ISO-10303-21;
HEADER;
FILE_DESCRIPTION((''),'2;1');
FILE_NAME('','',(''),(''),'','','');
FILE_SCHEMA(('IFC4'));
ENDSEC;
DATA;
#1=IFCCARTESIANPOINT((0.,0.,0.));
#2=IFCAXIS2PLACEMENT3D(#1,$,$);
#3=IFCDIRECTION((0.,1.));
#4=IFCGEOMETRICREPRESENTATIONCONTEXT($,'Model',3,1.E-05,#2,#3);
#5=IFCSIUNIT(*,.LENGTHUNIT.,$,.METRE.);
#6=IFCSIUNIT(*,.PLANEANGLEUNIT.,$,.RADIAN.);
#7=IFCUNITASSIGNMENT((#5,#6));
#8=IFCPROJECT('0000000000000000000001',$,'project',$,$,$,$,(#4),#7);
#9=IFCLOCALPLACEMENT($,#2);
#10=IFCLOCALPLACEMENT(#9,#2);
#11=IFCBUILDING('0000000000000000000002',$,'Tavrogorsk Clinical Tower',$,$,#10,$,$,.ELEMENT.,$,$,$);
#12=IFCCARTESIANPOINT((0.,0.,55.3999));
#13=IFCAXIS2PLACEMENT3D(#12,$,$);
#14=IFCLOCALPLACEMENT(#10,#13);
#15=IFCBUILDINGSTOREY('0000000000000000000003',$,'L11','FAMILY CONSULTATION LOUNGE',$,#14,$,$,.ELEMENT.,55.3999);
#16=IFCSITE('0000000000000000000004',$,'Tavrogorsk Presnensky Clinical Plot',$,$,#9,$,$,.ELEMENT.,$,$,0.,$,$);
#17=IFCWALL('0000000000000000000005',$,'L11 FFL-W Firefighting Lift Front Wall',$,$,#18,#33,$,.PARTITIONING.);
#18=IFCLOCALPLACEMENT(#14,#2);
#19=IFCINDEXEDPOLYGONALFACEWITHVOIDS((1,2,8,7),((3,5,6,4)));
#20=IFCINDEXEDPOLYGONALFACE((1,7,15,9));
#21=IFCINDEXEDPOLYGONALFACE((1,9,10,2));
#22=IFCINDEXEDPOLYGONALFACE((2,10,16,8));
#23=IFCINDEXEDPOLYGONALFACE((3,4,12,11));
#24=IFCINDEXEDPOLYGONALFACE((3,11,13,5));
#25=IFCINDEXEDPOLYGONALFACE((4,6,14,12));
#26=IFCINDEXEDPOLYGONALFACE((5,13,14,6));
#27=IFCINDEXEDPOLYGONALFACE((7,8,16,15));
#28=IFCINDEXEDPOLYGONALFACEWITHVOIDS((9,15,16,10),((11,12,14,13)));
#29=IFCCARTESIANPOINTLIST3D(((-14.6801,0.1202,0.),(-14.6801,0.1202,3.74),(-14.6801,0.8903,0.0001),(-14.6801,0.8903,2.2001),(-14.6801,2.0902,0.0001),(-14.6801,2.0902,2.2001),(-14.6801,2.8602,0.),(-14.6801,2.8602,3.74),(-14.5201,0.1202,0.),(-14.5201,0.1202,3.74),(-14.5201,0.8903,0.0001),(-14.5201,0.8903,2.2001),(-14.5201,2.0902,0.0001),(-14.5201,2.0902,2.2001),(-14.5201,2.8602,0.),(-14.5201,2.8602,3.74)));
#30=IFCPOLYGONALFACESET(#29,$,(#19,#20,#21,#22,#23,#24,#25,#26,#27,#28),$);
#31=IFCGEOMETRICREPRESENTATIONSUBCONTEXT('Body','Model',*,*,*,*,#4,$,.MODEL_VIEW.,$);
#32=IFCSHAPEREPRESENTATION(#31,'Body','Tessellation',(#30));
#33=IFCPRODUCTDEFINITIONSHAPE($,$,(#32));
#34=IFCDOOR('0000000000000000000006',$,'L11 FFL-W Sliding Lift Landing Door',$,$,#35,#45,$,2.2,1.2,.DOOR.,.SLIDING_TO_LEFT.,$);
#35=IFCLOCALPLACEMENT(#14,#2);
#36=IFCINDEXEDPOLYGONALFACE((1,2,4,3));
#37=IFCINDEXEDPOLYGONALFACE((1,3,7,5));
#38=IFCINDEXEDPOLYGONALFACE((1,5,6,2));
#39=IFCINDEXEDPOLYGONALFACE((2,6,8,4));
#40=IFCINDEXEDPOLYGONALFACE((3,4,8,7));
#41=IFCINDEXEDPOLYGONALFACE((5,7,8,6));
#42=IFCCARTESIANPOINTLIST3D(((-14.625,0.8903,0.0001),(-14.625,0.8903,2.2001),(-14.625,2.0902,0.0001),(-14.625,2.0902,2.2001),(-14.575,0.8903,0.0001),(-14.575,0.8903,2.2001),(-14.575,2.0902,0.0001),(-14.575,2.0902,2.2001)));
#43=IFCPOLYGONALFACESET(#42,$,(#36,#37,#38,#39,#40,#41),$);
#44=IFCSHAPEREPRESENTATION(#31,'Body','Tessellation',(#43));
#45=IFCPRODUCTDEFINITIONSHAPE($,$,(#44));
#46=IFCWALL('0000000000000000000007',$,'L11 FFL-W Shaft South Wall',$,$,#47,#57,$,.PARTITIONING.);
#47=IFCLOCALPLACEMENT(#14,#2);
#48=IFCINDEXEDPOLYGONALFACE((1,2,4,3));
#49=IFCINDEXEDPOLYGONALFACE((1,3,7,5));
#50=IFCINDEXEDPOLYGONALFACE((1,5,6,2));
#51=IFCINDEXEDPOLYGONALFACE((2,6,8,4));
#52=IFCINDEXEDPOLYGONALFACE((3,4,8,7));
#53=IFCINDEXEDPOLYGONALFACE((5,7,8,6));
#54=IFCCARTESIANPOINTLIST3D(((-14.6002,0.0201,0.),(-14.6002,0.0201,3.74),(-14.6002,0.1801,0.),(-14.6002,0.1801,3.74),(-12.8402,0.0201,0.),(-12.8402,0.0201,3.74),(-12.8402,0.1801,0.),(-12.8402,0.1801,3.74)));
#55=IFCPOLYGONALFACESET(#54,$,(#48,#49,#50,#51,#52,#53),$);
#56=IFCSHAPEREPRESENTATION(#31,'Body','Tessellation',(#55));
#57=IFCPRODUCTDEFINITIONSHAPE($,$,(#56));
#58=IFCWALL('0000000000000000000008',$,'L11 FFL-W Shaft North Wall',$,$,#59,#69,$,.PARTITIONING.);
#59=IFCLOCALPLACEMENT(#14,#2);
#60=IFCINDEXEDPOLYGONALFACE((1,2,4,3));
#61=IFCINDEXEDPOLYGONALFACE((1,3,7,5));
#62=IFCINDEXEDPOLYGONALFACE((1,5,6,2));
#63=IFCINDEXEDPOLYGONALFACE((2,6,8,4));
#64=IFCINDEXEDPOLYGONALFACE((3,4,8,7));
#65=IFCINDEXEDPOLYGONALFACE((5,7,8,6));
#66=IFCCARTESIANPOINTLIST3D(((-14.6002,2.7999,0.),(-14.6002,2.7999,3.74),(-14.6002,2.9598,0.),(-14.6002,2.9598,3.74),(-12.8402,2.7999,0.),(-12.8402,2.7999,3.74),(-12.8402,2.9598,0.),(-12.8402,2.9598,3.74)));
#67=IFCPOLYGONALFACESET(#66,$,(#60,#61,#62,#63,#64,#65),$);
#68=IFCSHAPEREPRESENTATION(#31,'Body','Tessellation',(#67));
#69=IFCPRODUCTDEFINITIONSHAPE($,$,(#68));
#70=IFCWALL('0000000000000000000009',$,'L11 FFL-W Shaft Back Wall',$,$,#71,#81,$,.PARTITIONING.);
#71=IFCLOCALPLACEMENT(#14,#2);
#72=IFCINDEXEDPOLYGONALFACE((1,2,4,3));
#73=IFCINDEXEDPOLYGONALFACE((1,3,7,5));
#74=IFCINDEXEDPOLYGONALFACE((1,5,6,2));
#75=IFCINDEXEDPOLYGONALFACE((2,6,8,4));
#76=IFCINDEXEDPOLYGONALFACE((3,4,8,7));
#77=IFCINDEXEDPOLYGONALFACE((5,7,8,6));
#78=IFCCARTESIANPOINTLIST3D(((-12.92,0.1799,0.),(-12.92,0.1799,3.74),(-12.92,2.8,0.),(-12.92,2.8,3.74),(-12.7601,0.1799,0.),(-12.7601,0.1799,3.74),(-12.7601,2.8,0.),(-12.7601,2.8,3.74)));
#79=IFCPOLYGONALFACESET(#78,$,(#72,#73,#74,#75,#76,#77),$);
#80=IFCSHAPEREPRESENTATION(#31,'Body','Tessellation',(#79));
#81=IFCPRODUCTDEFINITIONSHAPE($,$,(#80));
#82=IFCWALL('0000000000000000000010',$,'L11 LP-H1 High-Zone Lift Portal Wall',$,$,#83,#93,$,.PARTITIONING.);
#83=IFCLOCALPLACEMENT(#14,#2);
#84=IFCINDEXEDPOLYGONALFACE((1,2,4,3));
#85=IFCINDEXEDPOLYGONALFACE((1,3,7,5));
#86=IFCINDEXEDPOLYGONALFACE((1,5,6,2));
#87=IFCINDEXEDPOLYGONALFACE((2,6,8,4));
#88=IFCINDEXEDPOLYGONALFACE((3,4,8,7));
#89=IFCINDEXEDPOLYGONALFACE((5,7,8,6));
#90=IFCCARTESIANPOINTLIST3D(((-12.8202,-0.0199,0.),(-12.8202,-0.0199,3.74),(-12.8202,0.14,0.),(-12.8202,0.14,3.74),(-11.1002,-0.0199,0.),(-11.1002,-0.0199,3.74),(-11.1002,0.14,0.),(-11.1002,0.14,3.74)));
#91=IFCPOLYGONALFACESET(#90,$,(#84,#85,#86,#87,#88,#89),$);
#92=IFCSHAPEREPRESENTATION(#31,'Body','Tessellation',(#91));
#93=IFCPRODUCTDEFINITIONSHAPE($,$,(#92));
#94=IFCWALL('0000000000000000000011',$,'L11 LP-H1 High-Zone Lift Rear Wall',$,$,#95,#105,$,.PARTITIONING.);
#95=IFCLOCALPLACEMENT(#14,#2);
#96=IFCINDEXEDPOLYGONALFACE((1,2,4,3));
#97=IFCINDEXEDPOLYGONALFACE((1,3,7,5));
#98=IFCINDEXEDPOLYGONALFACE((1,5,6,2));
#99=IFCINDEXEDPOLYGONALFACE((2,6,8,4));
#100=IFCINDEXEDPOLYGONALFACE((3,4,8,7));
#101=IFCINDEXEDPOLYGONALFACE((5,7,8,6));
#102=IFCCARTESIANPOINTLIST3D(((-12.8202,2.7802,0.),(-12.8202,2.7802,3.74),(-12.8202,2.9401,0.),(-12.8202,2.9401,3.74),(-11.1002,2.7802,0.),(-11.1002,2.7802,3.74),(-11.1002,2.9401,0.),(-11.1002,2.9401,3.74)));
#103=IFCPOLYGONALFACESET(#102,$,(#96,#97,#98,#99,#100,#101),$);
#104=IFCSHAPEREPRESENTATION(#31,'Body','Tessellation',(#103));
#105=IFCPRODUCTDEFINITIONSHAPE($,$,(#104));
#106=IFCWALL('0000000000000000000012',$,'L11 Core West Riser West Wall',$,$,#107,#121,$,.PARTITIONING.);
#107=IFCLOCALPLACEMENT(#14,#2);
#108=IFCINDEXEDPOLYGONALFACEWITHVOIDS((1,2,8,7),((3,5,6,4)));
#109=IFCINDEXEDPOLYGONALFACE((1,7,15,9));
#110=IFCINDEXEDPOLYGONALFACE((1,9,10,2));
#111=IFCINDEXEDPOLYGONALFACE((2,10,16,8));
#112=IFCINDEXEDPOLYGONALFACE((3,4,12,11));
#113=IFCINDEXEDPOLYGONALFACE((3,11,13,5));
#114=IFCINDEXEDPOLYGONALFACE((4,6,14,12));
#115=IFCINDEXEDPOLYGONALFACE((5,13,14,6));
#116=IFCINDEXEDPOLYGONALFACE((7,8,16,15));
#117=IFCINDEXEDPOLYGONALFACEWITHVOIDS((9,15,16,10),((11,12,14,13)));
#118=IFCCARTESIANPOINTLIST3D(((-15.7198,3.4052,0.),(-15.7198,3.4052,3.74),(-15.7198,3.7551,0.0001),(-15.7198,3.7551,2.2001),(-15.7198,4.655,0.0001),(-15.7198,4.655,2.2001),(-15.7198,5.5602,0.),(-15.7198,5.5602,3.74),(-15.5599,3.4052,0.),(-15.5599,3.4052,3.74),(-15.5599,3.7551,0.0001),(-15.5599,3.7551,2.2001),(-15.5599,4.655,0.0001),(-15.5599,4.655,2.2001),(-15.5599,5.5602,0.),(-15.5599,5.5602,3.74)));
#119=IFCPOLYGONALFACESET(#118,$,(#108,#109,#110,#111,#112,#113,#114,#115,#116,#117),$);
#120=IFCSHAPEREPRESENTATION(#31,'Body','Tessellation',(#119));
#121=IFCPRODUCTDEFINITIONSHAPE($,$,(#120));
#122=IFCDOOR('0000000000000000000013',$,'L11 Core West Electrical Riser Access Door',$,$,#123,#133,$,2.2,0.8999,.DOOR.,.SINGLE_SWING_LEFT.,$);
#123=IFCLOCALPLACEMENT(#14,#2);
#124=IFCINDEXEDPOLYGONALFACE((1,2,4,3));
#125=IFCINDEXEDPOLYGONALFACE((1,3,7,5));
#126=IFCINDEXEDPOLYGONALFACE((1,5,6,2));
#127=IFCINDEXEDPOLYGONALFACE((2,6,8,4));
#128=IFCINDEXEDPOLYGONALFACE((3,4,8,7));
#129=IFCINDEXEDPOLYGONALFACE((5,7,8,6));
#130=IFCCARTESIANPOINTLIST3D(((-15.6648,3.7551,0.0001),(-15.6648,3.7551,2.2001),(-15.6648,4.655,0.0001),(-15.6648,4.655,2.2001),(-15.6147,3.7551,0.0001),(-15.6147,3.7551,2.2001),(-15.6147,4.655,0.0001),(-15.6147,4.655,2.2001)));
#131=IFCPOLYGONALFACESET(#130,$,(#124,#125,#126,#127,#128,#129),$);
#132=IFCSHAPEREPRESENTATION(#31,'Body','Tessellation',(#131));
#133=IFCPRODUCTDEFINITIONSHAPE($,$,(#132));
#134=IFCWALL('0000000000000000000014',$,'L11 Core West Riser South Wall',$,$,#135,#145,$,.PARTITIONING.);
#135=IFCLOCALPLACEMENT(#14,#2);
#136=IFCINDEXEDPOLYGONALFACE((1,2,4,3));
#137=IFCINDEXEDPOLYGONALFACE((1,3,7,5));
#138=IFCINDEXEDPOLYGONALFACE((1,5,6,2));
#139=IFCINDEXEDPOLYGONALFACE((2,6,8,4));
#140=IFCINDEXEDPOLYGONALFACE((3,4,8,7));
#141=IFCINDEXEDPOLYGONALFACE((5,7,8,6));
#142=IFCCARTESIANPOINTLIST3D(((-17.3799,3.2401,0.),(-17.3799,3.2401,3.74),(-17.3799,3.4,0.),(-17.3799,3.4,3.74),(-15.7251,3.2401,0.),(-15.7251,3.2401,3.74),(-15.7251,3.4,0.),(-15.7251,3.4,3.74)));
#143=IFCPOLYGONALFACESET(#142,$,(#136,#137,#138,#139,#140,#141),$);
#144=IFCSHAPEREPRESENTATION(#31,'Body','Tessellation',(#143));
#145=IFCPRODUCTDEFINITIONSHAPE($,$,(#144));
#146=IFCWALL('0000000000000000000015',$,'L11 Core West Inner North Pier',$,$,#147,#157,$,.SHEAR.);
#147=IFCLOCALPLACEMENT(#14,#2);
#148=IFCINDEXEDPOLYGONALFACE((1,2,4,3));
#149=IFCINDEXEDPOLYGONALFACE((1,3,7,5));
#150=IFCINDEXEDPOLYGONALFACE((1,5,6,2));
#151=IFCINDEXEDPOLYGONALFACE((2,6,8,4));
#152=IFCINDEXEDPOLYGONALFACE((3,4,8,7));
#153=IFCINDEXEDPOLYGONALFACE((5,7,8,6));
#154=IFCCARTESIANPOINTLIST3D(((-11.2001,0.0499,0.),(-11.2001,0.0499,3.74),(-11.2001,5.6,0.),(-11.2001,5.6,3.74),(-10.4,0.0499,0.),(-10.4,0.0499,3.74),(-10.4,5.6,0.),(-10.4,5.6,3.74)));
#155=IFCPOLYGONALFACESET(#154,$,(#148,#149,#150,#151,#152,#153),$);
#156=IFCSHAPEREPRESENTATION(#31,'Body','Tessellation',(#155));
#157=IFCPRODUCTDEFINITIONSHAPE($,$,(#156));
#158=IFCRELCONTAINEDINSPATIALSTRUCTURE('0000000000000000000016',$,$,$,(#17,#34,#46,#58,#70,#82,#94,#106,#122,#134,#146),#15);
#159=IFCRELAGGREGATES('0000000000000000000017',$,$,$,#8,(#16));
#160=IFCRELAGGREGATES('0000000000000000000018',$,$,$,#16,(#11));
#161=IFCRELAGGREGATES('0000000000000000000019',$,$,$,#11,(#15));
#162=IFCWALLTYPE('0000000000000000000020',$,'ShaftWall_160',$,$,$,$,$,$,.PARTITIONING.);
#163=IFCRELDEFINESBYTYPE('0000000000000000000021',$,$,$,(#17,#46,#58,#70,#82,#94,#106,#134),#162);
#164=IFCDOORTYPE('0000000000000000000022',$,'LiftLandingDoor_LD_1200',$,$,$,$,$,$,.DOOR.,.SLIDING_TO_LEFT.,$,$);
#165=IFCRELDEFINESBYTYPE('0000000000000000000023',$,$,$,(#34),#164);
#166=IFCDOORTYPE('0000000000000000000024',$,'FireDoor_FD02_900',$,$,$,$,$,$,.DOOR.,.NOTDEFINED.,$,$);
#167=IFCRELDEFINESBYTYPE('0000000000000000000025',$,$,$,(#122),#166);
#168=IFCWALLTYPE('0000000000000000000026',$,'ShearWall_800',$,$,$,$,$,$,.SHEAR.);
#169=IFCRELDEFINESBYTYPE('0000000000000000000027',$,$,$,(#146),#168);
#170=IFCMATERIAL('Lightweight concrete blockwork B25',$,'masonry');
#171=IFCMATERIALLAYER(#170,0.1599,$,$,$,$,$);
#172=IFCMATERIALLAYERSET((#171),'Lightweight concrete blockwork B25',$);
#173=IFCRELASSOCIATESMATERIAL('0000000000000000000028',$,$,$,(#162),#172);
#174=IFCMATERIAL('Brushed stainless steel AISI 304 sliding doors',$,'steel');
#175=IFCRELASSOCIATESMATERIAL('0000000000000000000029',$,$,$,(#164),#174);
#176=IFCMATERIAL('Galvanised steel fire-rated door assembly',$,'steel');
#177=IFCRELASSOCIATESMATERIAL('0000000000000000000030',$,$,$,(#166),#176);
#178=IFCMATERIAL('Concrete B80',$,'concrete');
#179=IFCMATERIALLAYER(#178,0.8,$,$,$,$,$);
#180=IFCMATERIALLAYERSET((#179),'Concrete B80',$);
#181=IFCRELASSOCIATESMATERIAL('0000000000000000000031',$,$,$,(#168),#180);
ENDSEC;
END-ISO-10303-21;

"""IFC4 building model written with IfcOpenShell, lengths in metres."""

from ifc_helpers import new_model, si_unit, direction, frame, frame_2d, origin, place, context, subcontext, project, spatial, rectangle, extrude, material, layer, layer_set, type_object, element, fill, save


model = new_model("IFC4")

# Units and contexts
model_context = context("Model", 3, precision=1e-05, world=origin(), true_north=direction((0.0, 1.0)))
body_context = subcontext(model_context, "Body", "Model", "MODEL_VIEW")
ifc_project = project(units=[si_unit("LENGTHUNIT", "METRE"), si_unit("PLANEANGLEUNIT", "RADIAN")], contexts=[model_context])

# Site, building, storey
site_placement = place(None, origin())
site = spatial("IfcSite", under=ifc_project, at=site_placement, Name="Tavrogorsk Presnensky Clinical Plot", CompositionType="ELEMENT", RefElevation=0.0)
building_placement = place(site_placement, origin())
building = spatial("IfcBuilding", under=site, at=building_placement, Name="Tavrogorsk Clinical Tower", CompositionType="ELEMENT")
storey_placement = place(building_placement, frame((0.0, 0.0, 55.3999)))
storey = spatial("IfcBuildingStorey", under=building, at=storey_placement, Name="L11", Description="FAMILY CONSULTATION LOUNGE", CompositionType="ELEMENT", Elevation=55.3999)

# Wall, opening, door
ifc_material_1 = material(Name="Lightweight concrete blockwork B25", Category="masonry")
ifc_layer_1 = layer(ifc_material_1, 0.1599)
ifc_layer_set_1 = layer_set([ifc_layer_1], Name="Lightweight concrete blockwork B25")
wall_type_1 = type_object("IfcWallType", Name="ShaftWall_160", PredefinedType="PARTITIONING", material=ifc_layer_set_1)
wall_1_placement = place(storey_placement, frame((-14.6001, 0.1201, 0.0), z_axis=(0.0, 0.0, 1.0), x_axis=(0.0, 1.0, 0.0)))
wall_1 = element("IfcWall", 1, at=wall_1_placement, inside=storey, type_object=wall_type_1, Name="L11 FFL-W Firefighting Lift Front Wall", PredefinedType="PARTITIONING", context=body_context, shape_type="SweptSolid", body=[
    extrude(rectangle(XDim=2.74, YDim=0.1599, at=frame_2d((1.3701, 0.0))), origin(), (0.0, 0.0, 1.0), 3.74),
])
opening_1_placement = place(wall_1_placement, frame((0.77, 0.0, 0.0)))
opening_1 = element("IfcOpeningElement", 2, at=opening_1_placement, cuts=wall_1, PredefinedType="OPENING", context=body_context, shape_type="SweptSolid", body=[
    extrude(rectangle(XDim=1.2, YDim=2.2, at=frame_2d((0.6001, 1.1001))), frame((0.0, 0.0898, 0.0), z_axis=(0.0, -1.0, 0.0), x_axis=(1.0, 0.0, 0.0)), (0.0, 0.0, 1.0), 0.1799),
])
ifc_material_2 = material(Name="Brushed stainless steel AISI 304 sliding doors", Category="steel")
door_type_1 = type_object("IfcDoorType", Name="LiftLandingDoor_LD_1200", OperationType="SLIDING_TO_LEFT", PredefinedType="DOOR", material=ifc_material_2)
door_1_placement = place(opening_1_placement, origin())
door_1 = element("IfcDoor", 3, at=door_1_placement, inside=storey, type_object=door_type_1, Name="L11 FFL-W Sliding Lift Landing Door", OperationType="SLIDING_TO_LEFT", OverallHeight=2.2, OverallWidth=1.2, PredefinedType="DOOR", context=body_context, shape_type="SweptSolid", body=[
    extrude(rectangle(XDim=1.2, YDim=2.2, at=frame_2d((0.6001, 1.1001))), frame((0.0, 0.0249, 0.0), z_axis=(0.0, -1.0, 0.0), x_axis=(1.0, 0.0, 0.0)), (0.0, 0.0, 1.0), 0.05),
])
fill(opening_1, door_1)

# Walls
for number, where, z_axis, x_axis, name in (
    (4, (-14.6001, 0.1001, 0.0), (0.0, 0.0, 1.0), (1.0, 0.0, 0.0), "L11 FFL-W Shaft South Wall"),
    (5, (-14.6001, 2.8799, 0.0), (0.0, 0.0, 1.0), (1.0, 0.0, 0.0), "L11 FFL-W Shaft North Wall"),
):
    element("IfcWall", number, at=place(storey_placement, frame(where, z_axis=z_axis, x_axis=x_axis)), inside=storey, type_object=wall_type_1, Name=name, PredefinedType="PARTITIONING", context=body_context, shape_type="SweptSolid", body=[
        extrude(rectangle(XDim=1.76, YDim=0.1599, at=frame_2d((0.8799, 0.0))), origin(), (0.0, 0.0, 1.0), 3.74),
    ])
wall_2_placement = place(storey_placement, frame((-12.8401, 0.1799, 0.0), z_axis=(0.0, 0.0, 1.0), x_axis=(0.0, 1.0, 0.0)))
element("IfcWall", 6, at=wall_2_placement, inside=storey, type_object=wall_type_1, Name="L11 FFL-W Shaft Back Wall", PredefinedType="PARTITIONING", context=body_context, shape_type="SweptSolid", body=[
    extrude(rectangle(XDim=2.6201, YDim=0.1599, at=frame_2d((1.3101, 0.0))), origin(), (0.0, 0.0, 1.0), 3.74),
])
for number, where, z_axis, x_axis, name in (
    (7, (-12.8201, 0.0601, 0.0), (0.0, 0.0, 1.0), (1.0, 0.0, 0.0), "L11 LP-H1 High-Zone Lift Portal Wall"),
    (8, (-12.8201, 2.8601, 0.0), (0.0, 0.0, 1.0), (1.0, 0.0, 0.0), "L11 LP-H1 High-Zone Lift Rear Wall"),
):
    element("IfcWall", number, at=place(storey_placement, frame(where, z_axis=z_axis, x_axis=x_axis)), inside=storey, type_object=wall_type_1, Name=name, PredefinedType="PARTITIONING", context=body_context, shape_type="SweptSolid", body=[
        extrude(rectangle(XDim=1.72, YDim=0.1599, at=frame_2d((0.8599, 0.0))), origin(), (0.0, 0.0, 1.0), 3.74),
    ])

# Wall, opening, door
wall_3_placement = place(storey_placement, frame((-15.6399, 3.405, 0.0), z_axis=(0.0, 0.0, 1.0), x_axis=(0.0, 1.0, 0.0)))
wall_3 = element("IfcWall", 9, at=wall_3_placement, inside=storey, type_object=wall_type_1, Name="L11 Core West Riser West Wall", PredefinedType="PARTITIONING", context=body_context, shape_type="SweptSolid", body=[
    extrude(rectangle(XDim=2.155, YDim=0.1599, at=frame_2d((1.0776, 0.0))), origin(), (0.0, 0.0, 1.0), 3.74),
])
opening_2_placement = place(wall_3_placement, frame((0.3501, 0.0, 0.0)))
opening_2 = element("IfcOpeningElement", 10, at=opening_2_placement, cuts=wall_3, PredefinedType="OPENING", context=body_context, shape_type="SweptSolid", body=[
    extrude(rectangle(XDim=0.8999, YDim=2.2, at=frame_2d((0.45, 1.1001))), frame((0.0, 0.0898, 0.0), z_axis=(0.0, -1.0, 0.0), x_axis=(1.0, 0.0, 0.0)), (0.0, 0.0, 1.0), 0.1799),
])
ifc_material_3 = material(Name="Galvanised steel fire-rated door assembly", Category="steel")
door_type_2 = type_object("IfcDoorType", Name="FireDoor_FD02_900", OperationType="NOTDEFINED", PredefinedType="DOOR", material=ifc_material_3)
door_2_placement = place(opening_2_placement, origin())
door_2 = element("IfcDoor", 11, at=door_2_placement, inside=storey, type_object=door_type_2, Name="L11 Core West Electrical Riser Access Door", OperationType="SINGLE_SWING_LEFT", OverallHeight=2.2, OverallWidth=0.8999, PredefinedType="DOOR", context=body_context, shape_type="SweptSolid", body=[
    extrude(rectangle(XDim=0.8999, YDim=2.2, at=frame_2d((0.45, 1.1001))), frame((0.0, 0.0249, 0.0), z_axis=(0.0, -1.0, 0.0), x_axis=(1.0, 0.0, 0.0)), (0.0, 0.0, 1.0), 0.05),
])
fill(opening_2, door_2)

# Walls
wall_4_placement = place(storey_placement, frame((-17.3799, 3.3201, 0.0), z_axis=(0.0, 0.0, 1.0), x_axis=(1.0, 0.0, 0.0)))
element("IfcWall", 12, at=wall_4_placement, inside=storey, type_object=wall_type_1, Name="L11 Core West Riser South Wall", PredefinedType="PARTITIONING", context=body_context, shape_type="SweptSolid", body=[
    extrude(rectangle(XDim=1.6548, YDim=0.1599, at=frame_2d((0.8274, 0.0))), origin(), (0.0, 0.0, 1.0), 3.74),
])
ifc_material_4 = material(Name="Concrete B80", Category="concrete")
ifc_layer_2 = layer(ifc_material_4, 0.8)
ifc_layer_set_2 = layer_set([ifc_layer_2], Name="Concrete B80")
wall_type_2 = type_object("IfcWallType", Name="ShearWall_800", PredefinedType="SHEAR", material=ifc_layer_set_2)
wall_5_placement = place(storey_placement, frame((-10.8, 0.05, 0.0), z_axis=(0.0, 0.0, 1.0), x_axis=(0.0, 1.0, 0.0)))
element("IfcWall", 13, at=wall_5_placement, inside=storey, type_object=wall_type_2, Name="L11 Core West Inner North Pier", PredefinedType="SHEAR", context=body_context, shape_type="SweptSolid", body=[
    extrude(rectangle(XDim=5.55, YDim=0.8, at=frame_2d((2.7749, 0.0))), origin(), (0.0, 0.0, 1.0), 3.74),
])

save(model, "model.ifc")
